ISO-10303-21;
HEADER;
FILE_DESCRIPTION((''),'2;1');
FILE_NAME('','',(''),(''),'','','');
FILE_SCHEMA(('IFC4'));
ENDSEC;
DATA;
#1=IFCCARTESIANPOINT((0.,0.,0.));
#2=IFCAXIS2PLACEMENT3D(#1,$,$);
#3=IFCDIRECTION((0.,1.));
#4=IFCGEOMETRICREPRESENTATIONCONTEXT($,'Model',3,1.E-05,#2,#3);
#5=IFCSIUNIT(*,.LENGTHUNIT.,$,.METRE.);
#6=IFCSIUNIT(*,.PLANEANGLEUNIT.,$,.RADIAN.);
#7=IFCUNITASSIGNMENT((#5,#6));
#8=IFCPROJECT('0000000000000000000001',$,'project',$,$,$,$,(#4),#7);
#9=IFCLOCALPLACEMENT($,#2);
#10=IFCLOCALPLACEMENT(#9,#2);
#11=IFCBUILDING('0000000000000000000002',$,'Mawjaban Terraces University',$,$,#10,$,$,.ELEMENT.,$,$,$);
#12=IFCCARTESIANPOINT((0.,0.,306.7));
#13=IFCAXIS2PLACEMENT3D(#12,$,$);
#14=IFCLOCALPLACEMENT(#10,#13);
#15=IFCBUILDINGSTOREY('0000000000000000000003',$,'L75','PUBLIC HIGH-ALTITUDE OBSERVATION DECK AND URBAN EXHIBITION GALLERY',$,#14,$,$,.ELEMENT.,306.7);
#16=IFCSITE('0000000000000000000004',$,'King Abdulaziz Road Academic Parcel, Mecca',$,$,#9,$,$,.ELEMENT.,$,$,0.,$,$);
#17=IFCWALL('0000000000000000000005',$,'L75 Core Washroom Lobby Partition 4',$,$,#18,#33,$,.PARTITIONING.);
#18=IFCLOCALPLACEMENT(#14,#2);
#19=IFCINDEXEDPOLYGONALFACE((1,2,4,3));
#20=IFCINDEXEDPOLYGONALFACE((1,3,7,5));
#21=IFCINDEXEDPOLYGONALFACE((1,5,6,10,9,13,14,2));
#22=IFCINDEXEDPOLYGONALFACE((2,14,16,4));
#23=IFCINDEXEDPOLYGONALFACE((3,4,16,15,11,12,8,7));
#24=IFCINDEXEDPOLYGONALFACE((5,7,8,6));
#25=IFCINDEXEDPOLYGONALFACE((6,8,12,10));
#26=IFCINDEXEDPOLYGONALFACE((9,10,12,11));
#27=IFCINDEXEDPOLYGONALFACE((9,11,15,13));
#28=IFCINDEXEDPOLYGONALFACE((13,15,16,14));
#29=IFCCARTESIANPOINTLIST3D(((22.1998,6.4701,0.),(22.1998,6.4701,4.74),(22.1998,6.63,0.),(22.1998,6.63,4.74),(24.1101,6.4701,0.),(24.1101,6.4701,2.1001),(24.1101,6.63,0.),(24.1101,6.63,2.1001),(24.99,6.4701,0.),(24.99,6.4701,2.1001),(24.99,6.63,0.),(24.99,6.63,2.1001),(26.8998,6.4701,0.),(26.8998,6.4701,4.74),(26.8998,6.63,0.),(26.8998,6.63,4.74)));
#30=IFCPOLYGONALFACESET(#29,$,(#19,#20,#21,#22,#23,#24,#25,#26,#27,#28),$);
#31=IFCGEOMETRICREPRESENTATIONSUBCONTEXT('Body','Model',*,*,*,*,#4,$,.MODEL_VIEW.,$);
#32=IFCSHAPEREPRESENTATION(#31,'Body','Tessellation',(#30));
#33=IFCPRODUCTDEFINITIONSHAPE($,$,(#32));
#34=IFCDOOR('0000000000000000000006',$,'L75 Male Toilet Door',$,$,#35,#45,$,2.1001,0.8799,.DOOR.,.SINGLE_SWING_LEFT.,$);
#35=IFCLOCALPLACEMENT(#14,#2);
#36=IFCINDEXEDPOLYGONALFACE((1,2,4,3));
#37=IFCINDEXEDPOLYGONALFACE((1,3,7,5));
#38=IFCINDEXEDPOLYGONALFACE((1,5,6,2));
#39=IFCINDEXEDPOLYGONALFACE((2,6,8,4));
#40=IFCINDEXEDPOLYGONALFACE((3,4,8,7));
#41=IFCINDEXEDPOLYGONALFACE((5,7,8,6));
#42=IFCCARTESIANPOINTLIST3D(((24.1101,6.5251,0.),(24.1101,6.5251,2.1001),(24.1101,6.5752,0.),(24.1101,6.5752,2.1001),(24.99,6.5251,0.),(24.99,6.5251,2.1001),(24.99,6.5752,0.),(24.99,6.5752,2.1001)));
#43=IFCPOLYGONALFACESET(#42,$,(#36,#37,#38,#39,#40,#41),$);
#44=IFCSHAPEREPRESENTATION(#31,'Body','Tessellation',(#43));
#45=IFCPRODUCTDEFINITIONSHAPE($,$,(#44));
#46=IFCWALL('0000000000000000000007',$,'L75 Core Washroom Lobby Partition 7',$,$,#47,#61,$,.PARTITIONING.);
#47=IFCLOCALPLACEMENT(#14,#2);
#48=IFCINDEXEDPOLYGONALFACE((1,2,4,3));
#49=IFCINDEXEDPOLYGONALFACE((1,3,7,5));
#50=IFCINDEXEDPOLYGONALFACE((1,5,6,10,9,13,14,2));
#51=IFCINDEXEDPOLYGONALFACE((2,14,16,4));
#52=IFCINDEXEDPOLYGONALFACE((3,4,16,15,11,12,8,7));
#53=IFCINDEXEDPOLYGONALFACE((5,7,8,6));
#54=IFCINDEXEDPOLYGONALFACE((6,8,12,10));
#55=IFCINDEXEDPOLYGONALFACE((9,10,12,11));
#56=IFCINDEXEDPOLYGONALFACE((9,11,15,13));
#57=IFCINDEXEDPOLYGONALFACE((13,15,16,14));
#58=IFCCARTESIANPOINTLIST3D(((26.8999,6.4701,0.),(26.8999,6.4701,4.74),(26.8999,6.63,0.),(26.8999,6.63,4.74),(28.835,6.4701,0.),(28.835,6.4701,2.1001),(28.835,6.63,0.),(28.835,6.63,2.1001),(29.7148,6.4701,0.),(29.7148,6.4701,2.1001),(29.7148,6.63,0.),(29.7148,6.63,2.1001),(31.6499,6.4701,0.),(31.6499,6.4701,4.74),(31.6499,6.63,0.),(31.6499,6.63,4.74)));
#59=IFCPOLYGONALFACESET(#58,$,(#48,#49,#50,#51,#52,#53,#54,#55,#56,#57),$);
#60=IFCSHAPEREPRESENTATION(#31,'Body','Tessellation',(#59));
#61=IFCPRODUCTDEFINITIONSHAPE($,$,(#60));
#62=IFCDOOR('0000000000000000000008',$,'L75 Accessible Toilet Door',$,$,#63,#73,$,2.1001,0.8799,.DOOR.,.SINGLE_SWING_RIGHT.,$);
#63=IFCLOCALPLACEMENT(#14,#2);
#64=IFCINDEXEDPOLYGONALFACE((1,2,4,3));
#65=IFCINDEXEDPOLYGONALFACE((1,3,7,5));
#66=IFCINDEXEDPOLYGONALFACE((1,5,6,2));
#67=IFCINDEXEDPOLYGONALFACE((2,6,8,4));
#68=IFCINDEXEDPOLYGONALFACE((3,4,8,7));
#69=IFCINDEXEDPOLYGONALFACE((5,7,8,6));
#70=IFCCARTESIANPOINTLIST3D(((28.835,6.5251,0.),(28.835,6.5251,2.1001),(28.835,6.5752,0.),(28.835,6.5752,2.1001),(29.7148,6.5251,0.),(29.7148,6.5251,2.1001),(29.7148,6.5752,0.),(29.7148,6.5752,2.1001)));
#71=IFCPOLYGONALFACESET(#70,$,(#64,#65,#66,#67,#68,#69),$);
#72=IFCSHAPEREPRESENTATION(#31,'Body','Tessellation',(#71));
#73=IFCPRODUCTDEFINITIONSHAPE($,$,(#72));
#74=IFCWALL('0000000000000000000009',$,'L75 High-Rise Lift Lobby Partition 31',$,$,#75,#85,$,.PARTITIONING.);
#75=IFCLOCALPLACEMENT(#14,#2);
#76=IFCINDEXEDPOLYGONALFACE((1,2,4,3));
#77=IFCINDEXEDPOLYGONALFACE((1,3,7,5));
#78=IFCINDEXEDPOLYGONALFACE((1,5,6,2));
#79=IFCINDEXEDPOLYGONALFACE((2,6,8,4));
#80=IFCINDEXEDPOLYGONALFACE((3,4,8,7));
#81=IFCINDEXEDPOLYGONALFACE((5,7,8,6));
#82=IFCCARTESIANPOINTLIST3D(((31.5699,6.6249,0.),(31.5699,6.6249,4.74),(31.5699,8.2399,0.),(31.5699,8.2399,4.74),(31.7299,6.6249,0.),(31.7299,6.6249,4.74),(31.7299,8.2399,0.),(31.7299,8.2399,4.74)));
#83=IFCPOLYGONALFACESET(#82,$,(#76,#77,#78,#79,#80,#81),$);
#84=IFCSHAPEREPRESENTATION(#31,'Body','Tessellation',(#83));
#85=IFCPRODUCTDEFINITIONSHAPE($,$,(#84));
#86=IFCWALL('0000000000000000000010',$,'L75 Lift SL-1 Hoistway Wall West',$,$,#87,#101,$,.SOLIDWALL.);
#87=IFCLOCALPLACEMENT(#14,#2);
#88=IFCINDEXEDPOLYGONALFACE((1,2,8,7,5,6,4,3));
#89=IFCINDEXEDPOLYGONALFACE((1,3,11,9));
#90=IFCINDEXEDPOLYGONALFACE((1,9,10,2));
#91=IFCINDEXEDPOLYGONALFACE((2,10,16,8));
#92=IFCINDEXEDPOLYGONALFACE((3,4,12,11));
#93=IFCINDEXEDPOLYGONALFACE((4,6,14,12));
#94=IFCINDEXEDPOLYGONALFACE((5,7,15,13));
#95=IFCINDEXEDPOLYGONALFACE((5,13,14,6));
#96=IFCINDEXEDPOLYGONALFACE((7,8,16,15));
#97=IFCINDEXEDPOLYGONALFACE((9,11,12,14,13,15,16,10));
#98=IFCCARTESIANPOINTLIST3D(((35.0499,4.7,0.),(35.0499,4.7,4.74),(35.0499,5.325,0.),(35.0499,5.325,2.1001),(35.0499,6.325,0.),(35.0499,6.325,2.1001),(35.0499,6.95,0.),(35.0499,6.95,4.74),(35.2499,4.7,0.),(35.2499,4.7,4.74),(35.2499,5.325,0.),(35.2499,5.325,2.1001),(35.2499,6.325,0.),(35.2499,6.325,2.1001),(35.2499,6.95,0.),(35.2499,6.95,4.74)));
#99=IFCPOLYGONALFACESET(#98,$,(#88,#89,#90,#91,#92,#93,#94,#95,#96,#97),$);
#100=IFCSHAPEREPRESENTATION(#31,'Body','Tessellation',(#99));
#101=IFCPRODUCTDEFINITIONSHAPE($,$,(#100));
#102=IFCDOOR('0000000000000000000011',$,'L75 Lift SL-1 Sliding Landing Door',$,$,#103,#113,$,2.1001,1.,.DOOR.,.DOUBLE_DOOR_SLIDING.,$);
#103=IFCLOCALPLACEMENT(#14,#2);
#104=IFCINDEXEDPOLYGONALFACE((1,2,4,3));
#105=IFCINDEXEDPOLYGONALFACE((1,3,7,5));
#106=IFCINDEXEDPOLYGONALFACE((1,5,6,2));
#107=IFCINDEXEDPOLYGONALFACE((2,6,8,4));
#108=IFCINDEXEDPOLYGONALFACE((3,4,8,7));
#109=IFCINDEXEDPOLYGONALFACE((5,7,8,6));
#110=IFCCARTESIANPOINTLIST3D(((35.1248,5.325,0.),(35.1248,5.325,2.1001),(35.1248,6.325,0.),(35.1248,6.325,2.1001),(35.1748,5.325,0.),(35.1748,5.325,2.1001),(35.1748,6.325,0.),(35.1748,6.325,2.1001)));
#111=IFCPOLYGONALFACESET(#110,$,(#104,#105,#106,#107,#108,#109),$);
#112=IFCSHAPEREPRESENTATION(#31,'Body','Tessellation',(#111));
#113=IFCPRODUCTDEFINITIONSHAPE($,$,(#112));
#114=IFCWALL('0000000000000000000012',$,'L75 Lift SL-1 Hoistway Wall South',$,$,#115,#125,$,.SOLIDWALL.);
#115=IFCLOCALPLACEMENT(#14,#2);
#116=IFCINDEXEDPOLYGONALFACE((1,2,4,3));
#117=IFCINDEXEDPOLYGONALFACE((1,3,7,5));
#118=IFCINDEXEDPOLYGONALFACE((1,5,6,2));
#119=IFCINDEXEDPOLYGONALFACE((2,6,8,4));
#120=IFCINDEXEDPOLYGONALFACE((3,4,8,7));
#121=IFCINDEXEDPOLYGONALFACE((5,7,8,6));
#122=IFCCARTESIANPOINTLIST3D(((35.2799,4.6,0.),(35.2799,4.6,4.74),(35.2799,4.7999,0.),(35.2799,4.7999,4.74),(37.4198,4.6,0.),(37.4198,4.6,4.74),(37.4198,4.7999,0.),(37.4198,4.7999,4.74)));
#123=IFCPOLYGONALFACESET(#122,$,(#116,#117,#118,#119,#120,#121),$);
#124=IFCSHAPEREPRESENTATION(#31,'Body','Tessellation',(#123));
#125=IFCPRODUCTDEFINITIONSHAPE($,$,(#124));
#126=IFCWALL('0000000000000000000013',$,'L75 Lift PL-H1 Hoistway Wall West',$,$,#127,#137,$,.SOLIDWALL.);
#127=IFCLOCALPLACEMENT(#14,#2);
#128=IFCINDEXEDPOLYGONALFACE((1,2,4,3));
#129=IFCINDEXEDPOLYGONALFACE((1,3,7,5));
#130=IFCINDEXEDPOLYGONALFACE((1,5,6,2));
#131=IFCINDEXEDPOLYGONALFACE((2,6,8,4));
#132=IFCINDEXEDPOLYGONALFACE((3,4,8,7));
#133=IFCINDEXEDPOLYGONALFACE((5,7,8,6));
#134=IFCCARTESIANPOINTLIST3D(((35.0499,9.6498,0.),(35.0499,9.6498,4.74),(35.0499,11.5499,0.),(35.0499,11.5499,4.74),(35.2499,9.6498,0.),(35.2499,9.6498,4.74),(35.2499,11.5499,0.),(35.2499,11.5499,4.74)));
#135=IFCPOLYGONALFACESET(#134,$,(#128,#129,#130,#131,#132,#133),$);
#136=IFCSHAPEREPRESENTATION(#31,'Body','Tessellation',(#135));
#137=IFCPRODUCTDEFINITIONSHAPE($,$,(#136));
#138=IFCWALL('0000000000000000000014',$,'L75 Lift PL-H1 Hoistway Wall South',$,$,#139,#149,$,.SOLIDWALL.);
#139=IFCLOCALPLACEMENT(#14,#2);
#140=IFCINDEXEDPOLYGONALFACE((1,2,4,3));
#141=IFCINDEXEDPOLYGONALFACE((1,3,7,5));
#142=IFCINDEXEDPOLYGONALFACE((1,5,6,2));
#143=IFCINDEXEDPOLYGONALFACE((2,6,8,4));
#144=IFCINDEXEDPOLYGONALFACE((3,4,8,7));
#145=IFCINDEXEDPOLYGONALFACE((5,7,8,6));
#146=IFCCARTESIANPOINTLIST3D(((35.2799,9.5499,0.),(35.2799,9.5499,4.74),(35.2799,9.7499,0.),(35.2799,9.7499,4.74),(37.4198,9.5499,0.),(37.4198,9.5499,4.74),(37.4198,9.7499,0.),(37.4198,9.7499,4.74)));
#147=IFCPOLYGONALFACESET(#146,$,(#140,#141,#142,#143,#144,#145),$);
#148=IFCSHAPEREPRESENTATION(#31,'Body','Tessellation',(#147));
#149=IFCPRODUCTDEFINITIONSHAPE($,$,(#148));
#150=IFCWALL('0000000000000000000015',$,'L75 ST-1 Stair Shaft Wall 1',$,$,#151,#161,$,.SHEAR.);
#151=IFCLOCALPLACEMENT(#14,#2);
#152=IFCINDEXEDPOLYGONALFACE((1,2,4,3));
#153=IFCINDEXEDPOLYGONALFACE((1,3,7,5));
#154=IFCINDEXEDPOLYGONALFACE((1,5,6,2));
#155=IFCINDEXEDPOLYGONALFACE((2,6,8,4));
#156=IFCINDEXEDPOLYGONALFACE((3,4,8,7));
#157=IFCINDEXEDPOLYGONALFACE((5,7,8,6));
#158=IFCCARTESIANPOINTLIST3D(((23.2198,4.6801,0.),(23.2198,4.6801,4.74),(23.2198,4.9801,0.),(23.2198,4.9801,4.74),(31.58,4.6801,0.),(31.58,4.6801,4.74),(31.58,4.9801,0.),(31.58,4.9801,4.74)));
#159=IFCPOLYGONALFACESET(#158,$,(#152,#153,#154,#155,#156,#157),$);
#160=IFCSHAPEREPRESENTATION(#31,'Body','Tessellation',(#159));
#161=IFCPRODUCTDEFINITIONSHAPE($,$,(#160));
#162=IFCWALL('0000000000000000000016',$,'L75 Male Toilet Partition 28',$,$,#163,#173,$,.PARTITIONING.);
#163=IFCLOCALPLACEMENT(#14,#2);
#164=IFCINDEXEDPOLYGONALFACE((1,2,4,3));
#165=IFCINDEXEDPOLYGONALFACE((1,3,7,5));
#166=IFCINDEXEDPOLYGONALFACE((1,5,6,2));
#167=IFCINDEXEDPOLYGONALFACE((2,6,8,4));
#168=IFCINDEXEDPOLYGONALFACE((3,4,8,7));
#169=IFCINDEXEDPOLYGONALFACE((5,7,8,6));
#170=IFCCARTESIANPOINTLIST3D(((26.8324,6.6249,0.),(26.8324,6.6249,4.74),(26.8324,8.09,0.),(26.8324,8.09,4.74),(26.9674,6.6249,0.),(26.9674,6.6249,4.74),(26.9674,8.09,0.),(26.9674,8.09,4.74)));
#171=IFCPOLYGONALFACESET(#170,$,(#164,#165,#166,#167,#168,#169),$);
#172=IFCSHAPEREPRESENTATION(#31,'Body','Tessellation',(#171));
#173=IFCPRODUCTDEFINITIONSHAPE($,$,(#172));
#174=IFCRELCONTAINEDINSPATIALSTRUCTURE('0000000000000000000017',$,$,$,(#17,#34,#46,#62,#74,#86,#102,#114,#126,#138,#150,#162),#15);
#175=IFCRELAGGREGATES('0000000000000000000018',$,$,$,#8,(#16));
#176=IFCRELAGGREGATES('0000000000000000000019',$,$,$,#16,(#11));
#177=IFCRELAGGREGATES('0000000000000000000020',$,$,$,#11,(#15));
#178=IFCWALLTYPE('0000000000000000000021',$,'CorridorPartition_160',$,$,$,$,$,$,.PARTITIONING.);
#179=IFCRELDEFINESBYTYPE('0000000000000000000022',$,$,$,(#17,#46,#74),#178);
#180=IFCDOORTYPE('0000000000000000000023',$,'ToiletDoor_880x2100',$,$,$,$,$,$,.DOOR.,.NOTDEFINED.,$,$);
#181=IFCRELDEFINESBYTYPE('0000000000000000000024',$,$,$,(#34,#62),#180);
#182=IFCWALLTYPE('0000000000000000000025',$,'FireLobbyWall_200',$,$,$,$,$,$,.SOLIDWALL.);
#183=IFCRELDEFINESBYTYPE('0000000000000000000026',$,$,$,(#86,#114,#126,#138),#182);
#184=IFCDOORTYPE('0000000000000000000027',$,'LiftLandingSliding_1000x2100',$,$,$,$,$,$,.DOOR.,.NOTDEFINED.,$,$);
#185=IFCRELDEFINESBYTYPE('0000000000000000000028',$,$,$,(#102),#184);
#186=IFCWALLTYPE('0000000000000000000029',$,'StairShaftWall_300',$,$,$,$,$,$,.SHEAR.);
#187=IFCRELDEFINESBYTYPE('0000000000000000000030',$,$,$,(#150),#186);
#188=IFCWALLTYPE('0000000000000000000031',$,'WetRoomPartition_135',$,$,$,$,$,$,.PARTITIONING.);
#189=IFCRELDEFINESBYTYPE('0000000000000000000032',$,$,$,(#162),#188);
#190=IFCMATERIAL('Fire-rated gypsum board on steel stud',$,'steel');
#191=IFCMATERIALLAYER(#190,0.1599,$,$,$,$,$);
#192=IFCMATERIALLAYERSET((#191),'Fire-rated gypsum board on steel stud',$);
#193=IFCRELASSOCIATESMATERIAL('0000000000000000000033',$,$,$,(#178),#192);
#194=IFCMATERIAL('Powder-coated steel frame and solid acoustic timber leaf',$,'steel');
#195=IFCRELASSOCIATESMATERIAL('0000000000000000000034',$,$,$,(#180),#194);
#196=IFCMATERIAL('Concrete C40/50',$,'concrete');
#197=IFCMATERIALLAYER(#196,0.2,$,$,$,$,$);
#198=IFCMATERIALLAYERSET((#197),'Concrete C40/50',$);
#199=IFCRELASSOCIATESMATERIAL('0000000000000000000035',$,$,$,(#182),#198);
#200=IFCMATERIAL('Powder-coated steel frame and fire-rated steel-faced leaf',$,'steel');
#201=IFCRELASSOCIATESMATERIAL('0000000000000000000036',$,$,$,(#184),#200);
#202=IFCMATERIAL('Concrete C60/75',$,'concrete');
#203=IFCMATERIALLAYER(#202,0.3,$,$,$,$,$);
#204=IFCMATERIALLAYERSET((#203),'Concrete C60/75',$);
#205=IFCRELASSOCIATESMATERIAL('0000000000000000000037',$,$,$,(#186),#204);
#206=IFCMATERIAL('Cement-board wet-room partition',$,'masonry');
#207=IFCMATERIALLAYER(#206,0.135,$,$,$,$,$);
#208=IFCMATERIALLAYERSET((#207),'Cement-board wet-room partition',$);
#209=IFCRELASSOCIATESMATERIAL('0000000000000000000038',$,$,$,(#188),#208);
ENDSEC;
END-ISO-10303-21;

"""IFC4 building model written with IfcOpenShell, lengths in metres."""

from ifc_helpers import new_model, si_unit, direction, frame, frame_2d, origin, place, context, subcontext, project, spatial, rectangle, extrude, material, layer, layer_set, type_object, element, fill, save


model = new_model("IFC4")

# Units and contexts
model_context = context("Model", 3, precision=1e-05, world=origin(), true_north=direction((0.0, 1.0)))
body_context = subcontext(model_context, "Body", "Model", "MODEL_VIEW")
ifc_project = project(units=[si_unit("LENGTHUNIT", "METRE"), si_unit("PLANEANGLEUNIT", "RADIAN")], contexts=[model_context])

# Site, building, storey
site_placement = place(None, origin())
site = spatial("IfcSite", under=ifc_project, at=site_placement, Name="King Abdulaziz Road Academic Parcel, Mecca", CompositionType="ELEMENT", RefElevation=0.0)
building_placement = place(site_placement, origin())
building = spatial("IfcBuilding", under=site, at=building_placement, Name="Mawjaban Terraces University", CompositionType="ELEMENT")
storey_placement = place(building_placement, frame((0.0, 0.0, 306.7)))
storey = spatial("IfcBuildingStorey", under=building, at=storey_placement, Name="L75", Description="PUBLIC HIGH-ALTITUDE OBSERVATION DECK AND URBAN EXHIBITION GALLERY", CompositionType="ELEMENT", Elevation=306.7)

# Walls, openings, doors
ifc_material_1 = material(Name="Fire-rated gypsum board on steel stud", Category="steel")
ifc_layer_1 = layer(ifc_material_1, 0.1599)
ifc_layer_set_1 = layer_set([ifc_layer_1], Name="Fire-rated gypsum board on steel stud")
wall_type_1 = type_object("IfcWallType", Name="CorridorPartition_160", PredefinedType="PARTITIONING", material=ifc_layer_set_1)
wall_1_placement = place(storey_placement, frame((26.8999, 6.55, 0.0), z_axis=(0.0, 0.0, 1.0), x_axis=(-1.0, 0.0, 0.0)))
wall_1 = element("IfcWall", 1, at=wall_1_placement, inside=storey, type_object=wall_type_1, Name="L75 Core Washroom Lobby Partition 4", PredefinedType="PARTITIONING", context=body_context, shape_type="SweptSolid", body=[
    extrude(rectangle(XDim=4.7, YDim=0.1599, at=frame_2d((2.3501, 0.0))), origin(), (0.0, 0.0, 1.0), 4.74),
])
opening_1_placement = place(wall_1_placement, frame((1.9099, 0.0, 0.0)))
opening_1 = element("IfcOpeningElement", 2, at=opening_1_placement, cuts=wall_1, PredefinedType="OPENING", context=body_context, shape_type="SweptSolid", body=[
    extrude(rectangle(XDim=0.8799, YDim=2.1001, at=frame_2d((0.4399, 1.05))), frame((0.0, 0.0898, 0.0), z_axis=(0.0, -1.0, 0.0), x_axis=(1.0, 0.0, 0.0)), (0.0, 0.0, 1.0), 0.1799),
])
ifc_material_2 = material(Name="Powder-coated steel frame and solid acoustic timber leaf", Category="steel")
door_type_1 = type_object("IfcDoorType", Name="ToiletDoor_880x2100", OperationType="NOTDEFINED", PredefinedType="DOOR", material=ifc_material_2)
door_1_placement = place(opening_1_placement, origin())
door_1 = element("IfcDoor", 3, at=door_1_placement, inside=storey, type_object=door_type_1, Name="L75 Male Toilet Door", OperationType="SINGLE_SWING_LEFT", OverallHeight=2.1001, OverallWidth=0.8799, PredefinedType="DOOR", context=body_context, shape_type="SweptSolid", body=[
    extrude(rectangle(XDim=0.8799, YDim=2.1001, at=frame_2d((0.4399, 1.05))), frame((0.0, 0.0249, 0.0), z_axis=(0.0, -1.0, 0.0), x_axis=(1.0, 0.0, 0.0)), (0.0, 0.0, 1.0), 0.05),
])
fill(opening_1, door_1)
wall_2_placement = place(storey_placement, frame((31.6499, 6.55, 0.0), z_axis=(0.0, 0.0, 1.0), x_axis=(-1.0, 0.0, 0.0)))
wall_2 = element("IfcWall", 4, at=wall_2_placement, inside=storey, type_object=wall_type_1, Name="L75 Core Washroom Lobby Partition 7", PredefinedType="PARTITIONING", context=body_context, shape_type="SweptSolid", body=[
    extrude(rectangle(XDim=4.75, YDim=0.1599, at=frame_2d((2.375, 0.0))), origin(), (0.0, 0.0, 1.0), 4.74),
])
opening_2_placement = place(wall_2_placement, frame((1.9351, 0.0, 0.0)))
opening_2 = element("IfcOpeningElement", 5, at=opening_2_placement, cuts=wall_2, PredefinedType="OPENING", context=body_context, shape_type="SweptSolid", body=[
    extrude(rectangle(XDim=0.8799, YDim=2.1001, at=frame_2d((0.4399, 1.05))), frame((0.0, 0.0898, 0.0), z_axis=(0.0, -1.0, 0.0), x_axis=(1.0, 0.0, 0.0)), (0.0, 0.0, 1.0), 0.1799),
])
door_2_placement = place(opening_2_placement, origin())
door_2 = element("IfcDoor", 6, at=door_2_placement, inside=storey, type_object=door_type_1, Name="L75 Accessible Toilet Door", OperationType="SINGLE_SWING_RIGHT", OverallHeight=2.1001, OverallWidth=0.8799, PredefinedType="DOOR", context=body_context, shape_type="SweptSolid", body=[
    extrude(rectangle(XDim=0.8799, YDim=2.1001, at=frame_2d((0.4399, 1.05))), frame((0.0, 0.0249, 0.0), z_axis=(0.0, -1.0, 0.0), x_axis=(1.0, 0.0, 0.0)), (0.0, 0.0, 1.0), 0.05),
])
fill(opening_2, door_2)

# Wall
wall_3_placement = place(storey_placement, frame((31.6499, 8.24, 0.0), z_axis=(0.0, 0.0, 1.0), x_axis=(0.0, -1.0, 0.0)))
element("IfcWall", 7, at=wall_3_placement, inside=storey, type_object=wall_type_1, Name="L75 High-Rise Lift Lobby Partition 31", PredefinedType="PARTITIONING", context=body_context, shape_type="SweptSolid", body=[
    extrude(rectangle(XDim=1.615, YDim=0.1599, at=frame_2d((0.8076, 0.0))), origin(), (0.0, 0.0, 1.0), 4.74),
])

# Wall, opening, door
ifc_material_3 = material(Name="Concrete C40/50", Category="concrete")
ifc_layer_2 = layer(ifc_material_3, 0.2)
ifc_layer_set_2 = layer_set([ifc_layer_2], Name="Concrete C40/50")
wall_type_2 = type_object("IfcWallType", Name="FireLobbyWall_200", PredefinedType="SOLIDWALL", material=ifc_layer_set_2)
wall_4_placement = place(storey_placement, frame((35.1499, 6.95, 0.0), z_axis=(0.0, 0.0, 1.0), x_axis=(0.0, -1.0, 0.0)))
wall_4 = element("IfcWall", 8, at=wall_4_placement, inside=storey, type_object=wall_type_2, Name="L75 Lift SL-1 Hoistway Wall West", PredefinedType="SOLIDWALL", context=body_context, shape_type="SweptSolid", body=[
    extrude(rectangle(XDim=2.25, YDim=0.2, at=frame_2d((1.125, 0.0))), origin(), (0.0, 0.0, 1.0), 4.74),
])
opening_3_placement = place(wall_4_placement, frame((0.625, 0.0, 0.0)))
opening_3 = element("IfcOpeningElement", 9, at=opening_3_placement, cuts=wall_4, PredefinedType="OPENING", context=body_context, shape_type="SweptSolid", body=[
    extrude(rectangle(XDim=1.0, YDim=2.1001, at=frame_2d((0.5, 1.05))), frame((0.0, 0.1099, 0.0), z_axis=(0.0, -1.0, 0.0), x_axis=(1.0, 0.0, 0.0)), (0.0, 0.0, 1.0), 0.22),
])
ifc_material_4 = material(Name="Powder-coated steel frame and fire-rated steel-faced leaf", Category="steel")
door_type_2 = type_object("IfcDoorType", Name="LiftLandingSliding_1000x2100", OperationType="NOTDEFINED", PredefinedType="DOOR", material=ifc_material_4)
door_3_placement = place(opening_3_placement, origin())
door_3 = element("IfcDoor", 10, at=door_3_placement, inside=storey, type_object=door_type_2, Name="L75 Lift SL-1 Sliding Landing Door", OperationType="DOUBLE_DOOR_SLIDING", OverallHeight=2.1001, OverallWidth=1.0, PredefinedType="DOOR", context=body_context, shape_type="SweptSolid", body=[
    extrude(rectangle(XDim=1.0, YDim=2.1001, at=frame_2d((0.5, 1.05))), frame((0.0, 0.0249, 0.0), z_axis=(0.0, -1.0, 0.0), x_axis=(1.0, 0.0, 0.0)), (0.0, 0.0, 1.0), 0.05),
])
fill(opening_3, door_3)

# Walls
wall_5_placement = place(storey_placement, frame((35.28, 4.7, 0.0), z_axis=(0.0, 0.0, 1.0), x_axis=(1.0, 0.0, 0.0)))
element("IfcWall", 11, at=wall_5_placement, inside=storey, type_object=wall_type_2, Name="L75 Lift SL-1 Hoistway Wall South", PredefinedType="SOLIDWALL", context=body_context, shape_type="SweptSolid", body=[
    extrude(rectangle(XDim=2.1399, YDim=0.2, at=frame_2d((1.0698, 0.0))), origin(), (0.0, 0.0, 1.0), 4.74),
])
wall_6_placement = place(storey_placement, frame((35.1499, 11.55, 0.0), z_axis=(0.0, 0.0, 1.0), x_axis=(0.0, -1.0, 0.0)))
element("IfcWall", 12, at=wall_6_placement, inside=storey, type_object=wall_type_2, Name="L75 Lift PL-H1 Hoistway Wall West", PredefinedType="SOLIDWALL", context=body_context, shape_type="SweptSolid", body=[
    extrude(rectangle(XDim=1.9001, YDim=0.2, at=frame_2d((0.9502, 0.0))), origin(), (0.0, 0.0, 1.0), 4.74),
])
wall_7_placement = place(storey_placement, frame((35.28, 9.6499, 0.0), z_axis=(0.0, 0.0, 1.0), x_axis=(1.0, 0.0, 0.0)))
element("IfcWall", 13, at=wall_7_placement, inside=storey, type_object=wall_type_2, Name="L75 Lift PL-H1 Hoistway Wall South", PredefinedType="SOLIDWALL", context=body_context, shape_type="SweptSolid", body=[
    extrude(rectangle(XDim=2.1399, YDim=0.2, at=frame_2d((1.0698, 0.0))), origin(), (0.0, 0.0, 1.0), 4.74),
])

# Wall
ifc_material_5 = material(Name="Concrete C60/75", Category="concrete")
ifc_layer_3 = layer(ifc_material_5, 0.3)
ifc_layer_set_3 = layer_set([ifc_layer_3], Name="Concrete C60/75")
wall_type_3 = type_object("IfcWallType", Name="StairShaftWall_300", PredefinedType="SHEAR", material=ifc_layer_set_3)
wall_8_placement = place(storey_placement, frame((31.5801, 4.8301, 0.0), z_axis=(0.0, 0.0, 1.0), x_axis=(-1.0, 0.0, 0.0)))
element("IfcWall", 14, at=wall_8_placement, inside=storey, type_object=wall_type_3, Name="L75 ST-1 Stair Shaft Wall 1", PredefinedType="SHEAR", context=body_context, shape_type="SweptSolid", body=[
    extrude(rectangle(XDim=8.3601, YDim=0.3, at=frame_2d((4.1802, 0.0))), origin(), (0.0, 0.0, 1.0), 4.74),
])

# Wall
ifc_material_6 = material(Name="Cement-board wet-room partition", Category="masonry")
ifc_layer_4 = layer(ifc_material_6, 0.135)
ifc_layer_set_4 = layer_set([ifc_layer_4], Name="Cement-board wet-room partition")
wall_type_4 = type_object("IfcWallType", Name="WetRoomPartition_135", PredefinedType="PARTITIONING", material=ifc_layer_set_4)
wall_9_placement = place(storey_placement, frame((26.8999, 6.625, 0.0), z_axis=(0.0, 0.0, 1.0), x_axis=(0.0, 1.0, 0.0)))
element("IfcWall", 15, at=wall_9_placement, inside=storey, type_object=wall_type_4, Name="L75 Male Toilet Partition 28", PredefinedType="PARTITIONING", context=body_context, shape_type="SweptSolid", body=[
    extrude(rectangle(XDim=1.4651, YDim=0.135, at=frame_2d((0.7324, 0.0))), origin(), (0.0, 0.0, 1.0), 4.74),
])

save(model, "model.ifc")
